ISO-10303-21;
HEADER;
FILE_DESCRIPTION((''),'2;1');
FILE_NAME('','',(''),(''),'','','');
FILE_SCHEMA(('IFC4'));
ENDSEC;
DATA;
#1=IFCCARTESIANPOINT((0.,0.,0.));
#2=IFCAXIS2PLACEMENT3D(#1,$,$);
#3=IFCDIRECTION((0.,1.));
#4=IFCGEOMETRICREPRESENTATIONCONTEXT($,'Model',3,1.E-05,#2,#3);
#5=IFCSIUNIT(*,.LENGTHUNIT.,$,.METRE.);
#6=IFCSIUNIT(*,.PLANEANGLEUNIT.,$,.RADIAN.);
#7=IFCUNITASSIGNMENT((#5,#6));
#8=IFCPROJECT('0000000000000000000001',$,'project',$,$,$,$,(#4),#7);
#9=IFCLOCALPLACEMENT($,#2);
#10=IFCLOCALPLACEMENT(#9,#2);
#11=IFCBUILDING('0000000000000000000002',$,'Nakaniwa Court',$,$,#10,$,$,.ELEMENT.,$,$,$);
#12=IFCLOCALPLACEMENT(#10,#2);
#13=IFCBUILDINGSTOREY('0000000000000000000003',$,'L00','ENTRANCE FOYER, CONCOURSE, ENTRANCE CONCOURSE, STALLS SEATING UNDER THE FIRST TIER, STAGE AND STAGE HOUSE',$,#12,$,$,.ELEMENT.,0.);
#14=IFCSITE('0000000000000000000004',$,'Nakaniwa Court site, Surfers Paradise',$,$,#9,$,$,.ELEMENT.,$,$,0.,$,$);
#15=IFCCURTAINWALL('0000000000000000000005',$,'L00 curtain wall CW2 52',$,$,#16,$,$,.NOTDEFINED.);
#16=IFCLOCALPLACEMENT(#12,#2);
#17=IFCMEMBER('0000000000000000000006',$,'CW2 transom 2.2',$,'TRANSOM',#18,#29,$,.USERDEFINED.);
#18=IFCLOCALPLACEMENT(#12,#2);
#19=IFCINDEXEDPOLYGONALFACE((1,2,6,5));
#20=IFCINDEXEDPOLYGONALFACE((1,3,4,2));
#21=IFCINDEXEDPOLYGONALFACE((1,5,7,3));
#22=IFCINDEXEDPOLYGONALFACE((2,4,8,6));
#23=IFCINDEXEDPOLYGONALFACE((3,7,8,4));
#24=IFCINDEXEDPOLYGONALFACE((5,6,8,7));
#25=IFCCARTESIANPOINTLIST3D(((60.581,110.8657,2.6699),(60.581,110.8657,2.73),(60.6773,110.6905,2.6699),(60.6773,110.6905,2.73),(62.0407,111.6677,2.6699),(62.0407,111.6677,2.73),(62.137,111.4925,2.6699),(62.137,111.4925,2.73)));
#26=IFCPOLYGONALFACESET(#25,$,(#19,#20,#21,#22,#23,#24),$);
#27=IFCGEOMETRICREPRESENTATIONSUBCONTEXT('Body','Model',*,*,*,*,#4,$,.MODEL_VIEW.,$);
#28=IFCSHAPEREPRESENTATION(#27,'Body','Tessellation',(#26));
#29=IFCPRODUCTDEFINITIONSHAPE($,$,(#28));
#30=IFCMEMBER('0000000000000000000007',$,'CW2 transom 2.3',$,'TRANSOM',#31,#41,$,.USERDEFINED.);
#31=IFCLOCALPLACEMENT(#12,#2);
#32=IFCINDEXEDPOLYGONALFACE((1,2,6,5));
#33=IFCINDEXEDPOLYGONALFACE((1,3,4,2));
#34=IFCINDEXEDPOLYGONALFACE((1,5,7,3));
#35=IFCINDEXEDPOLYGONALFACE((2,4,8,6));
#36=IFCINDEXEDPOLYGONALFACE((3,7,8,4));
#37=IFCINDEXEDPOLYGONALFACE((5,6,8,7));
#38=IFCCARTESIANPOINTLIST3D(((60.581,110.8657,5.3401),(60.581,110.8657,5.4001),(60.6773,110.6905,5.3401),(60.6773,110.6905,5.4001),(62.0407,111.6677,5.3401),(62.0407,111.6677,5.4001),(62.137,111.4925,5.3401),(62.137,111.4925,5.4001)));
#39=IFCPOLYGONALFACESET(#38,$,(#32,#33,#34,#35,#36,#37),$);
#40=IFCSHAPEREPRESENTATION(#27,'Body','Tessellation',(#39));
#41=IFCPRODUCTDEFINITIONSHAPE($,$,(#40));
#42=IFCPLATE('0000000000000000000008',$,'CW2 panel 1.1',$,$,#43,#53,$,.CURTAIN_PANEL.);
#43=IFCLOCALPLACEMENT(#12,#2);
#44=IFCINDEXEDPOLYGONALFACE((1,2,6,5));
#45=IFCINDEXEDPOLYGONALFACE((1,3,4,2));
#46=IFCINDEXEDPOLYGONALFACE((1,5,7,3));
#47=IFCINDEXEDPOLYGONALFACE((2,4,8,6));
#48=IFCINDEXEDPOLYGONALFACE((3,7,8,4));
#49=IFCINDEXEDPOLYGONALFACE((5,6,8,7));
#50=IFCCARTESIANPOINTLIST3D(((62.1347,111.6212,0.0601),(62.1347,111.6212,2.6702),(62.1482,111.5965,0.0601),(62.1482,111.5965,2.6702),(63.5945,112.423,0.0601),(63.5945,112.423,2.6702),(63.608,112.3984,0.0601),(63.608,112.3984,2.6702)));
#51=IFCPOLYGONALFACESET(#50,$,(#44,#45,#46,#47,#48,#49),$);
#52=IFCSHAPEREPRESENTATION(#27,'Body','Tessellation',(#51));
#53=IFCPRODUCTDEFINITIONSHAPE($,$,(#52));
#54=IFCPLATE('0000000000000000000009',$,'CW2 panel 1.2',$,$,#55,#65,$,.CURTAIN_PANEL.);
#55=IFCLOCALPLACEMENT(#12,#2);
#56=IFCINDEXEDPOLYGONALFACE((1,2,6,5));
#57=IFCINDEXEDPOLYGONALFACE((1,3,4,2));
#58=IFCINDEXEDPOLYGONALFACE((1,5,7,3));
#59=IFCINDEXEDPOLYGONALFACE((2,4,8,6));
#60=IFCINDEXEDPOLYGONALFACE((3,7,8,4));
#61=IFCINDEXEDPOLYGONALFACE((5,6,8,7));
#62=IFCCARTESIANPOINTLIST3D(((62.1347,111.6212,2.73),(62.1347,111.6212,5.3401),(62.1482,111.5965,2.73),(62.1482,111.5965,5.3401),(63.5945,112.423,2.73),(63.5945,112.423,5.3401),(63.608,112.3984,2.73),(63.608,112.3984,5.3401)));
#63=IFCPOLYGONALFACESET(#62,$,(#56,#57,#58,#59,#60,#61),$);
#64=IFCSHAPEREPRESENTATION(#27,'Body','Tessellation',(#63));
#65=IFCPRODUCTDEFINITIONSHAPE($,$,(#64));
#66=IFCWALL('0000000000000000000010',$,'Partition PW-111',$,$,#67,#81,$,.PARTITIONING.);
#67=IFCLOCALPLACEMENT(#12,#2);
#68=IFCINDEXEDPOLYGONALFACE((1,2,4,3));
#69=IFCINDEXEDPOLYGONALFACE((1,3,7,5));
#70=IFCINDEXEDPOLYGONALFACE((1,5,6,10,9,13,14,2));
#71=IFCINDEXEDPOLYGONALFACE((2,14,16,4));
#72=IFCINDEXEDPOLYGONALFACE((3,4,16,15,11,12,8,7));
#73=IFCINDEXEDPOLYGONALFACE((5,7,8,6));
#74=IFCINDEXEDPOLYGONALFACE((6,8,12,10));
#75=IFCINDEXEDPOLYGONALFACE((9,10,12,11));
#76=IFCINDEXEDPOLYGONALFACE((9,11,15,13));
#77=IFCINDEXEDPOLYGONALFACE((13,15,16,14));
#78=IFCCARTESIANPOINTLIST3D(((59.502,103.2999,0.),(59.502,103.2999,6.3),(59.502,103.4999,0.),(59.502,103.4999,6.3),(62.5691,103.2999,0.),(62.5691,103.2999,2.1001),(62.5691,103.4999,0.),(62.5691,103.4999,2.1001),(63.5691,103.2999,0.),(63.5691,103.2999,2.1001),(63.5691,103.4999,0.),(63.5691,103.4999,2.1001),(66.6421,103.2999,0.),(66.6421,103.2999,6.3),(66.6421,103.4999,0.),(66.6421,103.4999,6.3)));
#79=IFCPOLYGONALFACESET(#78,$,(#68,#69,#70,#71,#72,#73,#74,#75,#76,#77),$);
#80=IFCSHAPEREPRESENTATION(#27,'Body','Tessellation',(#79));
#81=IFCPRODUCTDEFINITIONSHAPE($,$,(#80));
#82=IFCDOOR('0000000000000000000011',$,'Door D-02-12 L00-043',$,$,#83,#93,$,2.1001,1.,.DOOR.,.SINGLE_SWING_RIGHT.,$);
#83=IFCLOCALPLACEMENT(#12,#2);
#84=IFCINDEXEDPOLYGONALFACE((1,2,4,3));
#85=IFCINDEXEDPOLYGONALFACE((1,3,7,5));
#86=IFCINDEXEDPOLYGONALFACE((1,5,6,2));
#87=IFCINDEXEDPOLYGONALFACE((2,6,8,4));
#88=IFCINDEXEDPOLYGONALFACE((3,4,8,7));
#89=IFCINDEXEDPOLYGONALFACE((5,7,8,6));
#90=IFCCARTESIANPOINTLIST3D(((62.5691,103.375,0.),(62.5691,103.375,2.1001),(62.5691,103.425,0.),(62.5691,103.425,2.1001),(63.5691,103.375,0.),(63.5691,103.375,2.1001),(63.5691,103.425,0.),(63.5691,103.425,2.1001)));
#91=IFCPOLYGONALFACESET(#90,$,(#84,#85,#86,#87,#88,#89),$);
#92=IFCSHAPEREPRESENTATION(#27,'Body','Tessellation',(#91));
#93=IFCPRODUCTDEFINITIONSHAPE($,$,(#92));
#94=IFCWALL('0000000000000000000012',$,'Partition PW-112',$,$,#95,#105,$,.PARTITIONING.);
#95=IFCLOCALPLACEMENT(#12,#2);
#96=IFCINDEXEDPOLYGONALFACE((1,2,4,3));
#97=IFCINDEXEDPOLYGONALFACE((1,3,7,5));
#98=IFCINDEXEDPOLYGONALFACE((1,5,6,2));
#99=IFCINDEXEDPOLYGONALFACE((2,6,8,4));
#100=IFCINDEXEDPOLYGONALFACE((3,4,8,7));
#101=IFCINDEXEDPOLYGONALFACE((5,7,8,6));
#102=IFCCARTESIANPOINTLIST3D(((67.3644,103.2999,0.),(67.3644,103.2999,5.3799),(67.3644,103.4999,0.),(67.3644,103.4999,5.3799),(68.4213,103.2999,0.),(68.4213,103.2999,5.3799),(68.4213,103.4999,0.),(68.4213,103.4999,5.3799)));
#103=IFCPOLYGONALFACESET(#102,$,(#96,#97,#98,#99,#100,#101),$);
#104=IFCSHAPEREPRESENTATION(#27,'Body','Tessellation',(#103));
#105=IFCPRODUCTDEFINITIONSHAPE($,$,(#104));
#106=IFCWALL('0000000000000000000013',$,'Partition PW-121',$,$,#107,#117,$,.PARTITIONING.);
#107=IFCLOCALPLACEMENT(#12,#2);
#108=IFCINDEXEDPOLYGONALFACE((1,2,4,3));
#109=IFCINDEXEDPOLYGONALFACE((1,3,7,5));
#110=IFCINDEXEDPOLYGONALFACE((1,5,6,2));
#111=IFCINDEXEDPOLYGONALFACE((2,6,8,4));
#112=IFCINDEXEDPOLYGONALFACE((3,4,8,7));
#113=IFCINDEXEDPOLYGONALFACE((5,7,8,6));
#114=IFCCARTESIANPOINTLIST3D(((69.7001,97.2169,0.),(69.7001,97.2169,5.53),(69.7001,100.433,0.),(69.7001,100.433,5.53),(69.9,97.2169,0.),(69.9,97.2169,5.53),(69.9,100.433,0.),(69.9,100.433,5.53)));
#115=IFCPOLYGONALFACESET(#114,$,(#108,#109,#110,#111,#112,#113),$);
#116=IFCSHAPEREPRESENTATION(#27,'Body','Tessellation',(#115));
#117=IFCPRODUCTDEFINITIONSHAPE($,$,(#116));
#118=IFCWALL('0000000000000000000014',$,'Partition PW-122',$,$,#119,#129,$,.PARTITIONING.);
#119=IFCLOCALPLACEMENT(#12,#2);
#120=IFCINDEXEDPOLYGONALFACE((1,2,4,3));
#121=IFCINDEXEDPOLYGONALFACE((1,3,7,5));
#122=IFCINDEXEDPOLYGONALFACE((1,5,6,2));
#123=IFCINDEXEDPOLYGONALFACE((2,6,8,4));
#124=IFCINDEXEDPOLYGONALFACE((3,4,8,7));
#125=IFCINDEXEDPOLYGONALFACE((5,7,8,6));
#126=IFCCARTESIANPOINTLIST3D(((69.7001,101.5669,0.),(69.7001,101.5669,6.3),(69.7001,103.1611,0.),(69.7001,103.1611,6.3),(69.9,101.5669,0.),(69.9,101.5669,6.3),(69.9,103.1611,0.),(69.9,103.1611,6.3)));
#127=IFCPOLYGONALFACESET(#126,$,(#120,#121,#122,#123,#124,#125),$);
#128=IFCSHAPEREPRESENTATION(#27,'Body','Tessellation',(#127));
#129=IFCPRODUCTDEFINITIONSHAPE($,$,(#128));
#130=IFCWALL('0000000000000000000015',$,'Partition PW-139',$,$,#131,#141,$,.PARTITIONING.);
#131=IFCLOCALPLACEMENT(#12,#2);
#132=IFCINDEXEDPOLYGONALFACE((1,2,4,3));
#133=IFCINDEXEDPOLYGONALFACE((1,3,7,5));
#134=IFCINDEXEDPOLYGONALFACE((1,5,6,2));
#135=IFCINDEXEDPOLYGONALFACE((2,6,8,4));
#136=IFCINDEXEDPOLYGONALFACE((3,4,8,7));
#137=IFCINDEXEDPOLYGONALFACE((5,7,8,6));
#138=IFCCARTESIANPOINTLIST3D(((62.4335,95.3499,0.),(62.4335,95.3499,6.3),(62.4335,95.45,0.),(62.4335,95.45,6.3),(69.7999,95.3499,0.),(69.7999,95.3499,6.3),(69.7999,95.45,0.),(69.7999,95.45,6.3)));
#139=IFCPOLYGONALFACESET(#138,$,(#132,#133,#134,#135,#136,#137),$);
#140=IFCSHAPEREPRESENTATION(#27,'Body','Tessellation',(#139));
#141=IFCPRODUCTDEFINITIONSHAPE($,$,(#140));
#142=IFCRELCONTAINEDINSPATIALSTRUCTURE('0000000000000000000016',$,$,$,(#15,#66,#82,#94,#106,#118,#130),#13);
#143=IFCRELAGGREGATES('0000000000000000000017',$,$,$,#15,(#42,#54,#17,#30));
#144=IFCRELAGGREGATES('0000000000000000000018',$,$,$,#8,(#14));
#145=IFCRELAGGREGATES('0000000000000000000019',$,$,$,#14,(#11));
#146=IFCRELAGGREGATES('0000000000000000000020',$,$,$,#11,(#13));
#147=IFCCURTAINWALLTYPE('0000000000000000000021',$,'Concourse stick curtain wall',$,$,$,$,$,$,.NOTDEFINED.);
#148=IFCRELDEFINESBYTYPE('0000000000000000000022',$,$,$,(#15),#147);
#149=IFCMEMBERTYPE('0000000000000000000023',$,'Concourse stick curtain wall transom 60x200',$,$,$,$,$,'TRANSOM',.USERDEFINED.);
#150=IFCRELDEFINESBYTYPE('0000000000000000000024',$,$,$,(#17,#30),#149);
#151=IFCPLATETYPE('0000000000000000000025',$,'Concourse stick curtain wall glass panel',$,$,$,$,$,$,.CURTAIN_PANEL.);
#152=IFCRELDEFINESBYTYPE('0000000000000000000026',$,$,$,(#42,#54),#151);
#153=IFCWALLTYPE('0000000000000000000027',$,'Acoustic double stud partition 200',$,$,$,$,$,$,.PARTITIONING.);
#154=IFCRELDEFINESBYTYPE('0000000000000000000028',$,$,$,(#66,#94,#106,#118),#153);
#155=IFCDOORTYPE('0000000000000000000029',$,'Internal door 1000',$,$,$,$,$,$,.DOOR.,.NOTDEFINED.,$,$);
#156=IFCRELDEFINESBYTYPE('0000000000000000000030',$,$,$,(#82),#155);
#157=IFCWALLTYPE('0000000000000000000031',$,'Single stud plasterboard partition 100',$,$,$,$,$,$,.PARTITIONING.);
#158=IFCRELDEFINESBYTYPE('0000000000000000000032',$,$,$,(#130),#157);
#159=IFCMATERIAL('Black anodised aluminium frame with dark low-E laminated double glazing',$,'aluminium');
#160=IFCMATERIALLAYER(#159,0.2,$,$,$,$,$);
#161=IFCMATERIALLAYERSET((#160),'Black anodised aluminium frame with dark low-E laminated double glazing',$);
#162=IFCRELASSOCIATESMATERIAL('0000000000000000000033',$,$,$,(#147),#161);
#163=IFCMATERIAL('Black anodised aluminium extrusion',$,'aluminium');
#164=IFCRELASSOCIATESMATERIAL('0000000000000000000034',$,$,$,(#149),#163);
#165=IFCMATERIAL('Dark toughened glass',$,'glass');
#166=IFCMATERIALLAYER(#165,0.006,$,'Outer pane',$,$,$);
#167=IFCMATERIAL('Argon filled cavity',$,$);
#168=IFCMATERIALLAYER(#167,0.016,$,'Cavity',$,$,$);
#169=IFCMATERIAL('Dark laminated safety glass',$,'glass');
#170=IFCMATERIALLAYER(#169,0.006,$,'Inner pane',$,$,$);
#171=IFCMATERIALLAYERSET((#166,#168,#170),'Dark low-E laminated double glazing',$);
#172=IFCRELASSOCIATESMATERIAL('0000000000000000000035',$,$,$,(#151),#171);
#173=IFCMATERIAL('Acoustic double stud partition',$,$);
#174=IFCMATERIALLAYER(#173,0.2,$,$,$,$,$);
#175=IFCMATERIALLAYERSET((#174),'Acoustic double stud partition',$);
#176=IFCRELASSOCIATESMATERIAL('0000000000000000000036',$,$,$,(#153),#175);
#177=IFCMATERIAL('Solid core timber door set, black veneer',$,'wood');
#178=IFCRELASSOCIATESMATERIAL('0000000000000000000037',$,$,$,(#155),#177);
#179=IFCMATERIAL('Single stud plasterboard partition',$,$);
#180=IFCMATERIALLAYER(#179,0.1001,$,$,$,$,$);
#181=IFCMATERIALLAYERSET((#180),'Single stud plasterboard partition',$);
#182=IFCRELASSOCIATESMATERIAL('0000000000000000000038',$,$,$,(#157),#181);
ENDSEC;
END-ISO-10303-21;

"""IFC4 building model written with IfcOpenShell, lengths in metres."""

from ifc_helpers import new_model, si_unit, direction, frame, frame_2d, origin, origin_2d, place, context, subcontext, project, spatial, rectangle, extrude, material, layer, layer_set, material_profile, profile_set, type_object, element, fill, aggregate, save


model = new_model("IFC4")

# Units and contexts
model_context = context("Model", 3, precision=1e-05, world=origin(), true_north=direction((0.0, 1.0)))
body_context = subcontext(model_context, "Body", "Model", "MODEL_VIEW")
ifc_project = project(units=[si_unit("LENGTHUNIT", "METRE"), si_unit("PLANEANGLEUNIT", "RADIAN")], contexts=[model_context])

# Site, building, storey
site_placement = place(None, origin())
site = spatial("IfcSite", under=ifc_project, at=site_placement, Name="Nakaniwa Court site, Surfers Paradise", CompositionType="ELEMENT", RefElevation=0.0)
building_placement = place(site_placement, origin())
building = spatial("IfcBuilding", under=site, at=building_placement, Name="Nakaniwa Court", CompositionType="ELEMENT")
storey_placement = place(building_placement, origin())
storey = spatial("IfcBuildingStorey", under=building, at=storey_placement, Name="L00", Description="ENTRANCE FOYER, CONCOURSE, ENTRANCE CONCOURSE, STALLS SEATING UNDER THE FIRST TIER, STAGE AND STAGE HOUSE", CompositionType="ELEMENT", Elevation=0.0)

# Curtain wall, members, plates
ifc_material_1 = material(Name="Black anodised aluminium frame with dark low-E laminated double glazing", Category="aluminium")
ifc_layer_1 = layer(ifc_material_1, 0.2)
ifc_layer_set_1 = layer_set([ifc_layer_1], Name="Black anodised aluminium frame with dark low-E laminated double glazing")
curtain_wall_type = type_object("IfcCurtainWallType", Name="Concourse stick curtain wall", PredefinedType="NOTDEFINED", material=ifc_layer_set_1)
curtain_wall_placement = place(storey_placement, origin())
curtain_wall = element("IfcCurtainWall", 1, at=curtain_wall_placement, inside=storey, type_object=curtain_wall_type, Name="L00 curtain wall CW2 52", PredefinedType="NOTDEFINED")
ifc_material_2 = material(Name="Black anodised aluminium extrusion", Category="aluminium")
ifc_material_profile_1 = material_profile(ifc_material_2, rectangle(XDim=0.2, YDim=0.0601, at=origin_2d()), Name="Concourse stick curtain wall transom 60x200")
ifc_profile_set_1 = profile_set([ifc_material_profile_1], Name="Black anodised aluminium extrusion")
member_type_1 = type_object("IfcMemberType", Name="Concourse stick curtain wall transom 60x200", ElementType="TRANSOM", PredefinedType="USERDEFINED", material=ifc_profile_set_1)
member_1_placement = place(storey_placement, frame((62.0889, 111.5801, 2.7), z_axis=(-0.876429, -0.48153, 0.0), x_axis=(0.48153, -0.876429, 0.0)))
member_1 = element("IfcMember", 2, at=member_1_placement, type_object=member_type_1, Name="CW2 transom 2.2", ObjectType="TRANSOM", PredefinedType="USERDEFINED", context=body_context, shape_type="SweptSolid", body=[
    extrude(rectangle(XDim=0.2, YDim=0.0601, at=origin_2d()), origin(), (0.0, 0.0, 1.0), 1.6655),
])
member_2_placement = place(storey_placement, frame((62.0889, 111.5801, 5.3701), z_axis=(-0.876429, -0.48153, 0.0), x_axis=(0.48153, -0.876429, 0.0)))
member_2 = element("IfcMember", 3, at=member_2_placement, type_object=member_type_1, Name="CW2 transom 2.3", ObjectType="TRANSOM", PredefinedType="USERDEFINED", context=body_context, shape_type="SweptSolid", body=[
    extrude(rectangle(XDim=0.2, YDim=0.0601, at=origin_2d()), origin(), (0.0, 0.0, 1.0), 1.6655),
])
ifc_material_3 = material(Name="Dark toughened glass", Category="glass")
ifc_layer_2 = layer(ifc_material_3, 0.006, Name="Outer pane")
ifc_material_4 = material(Name="Argon filled cavity")
ifc_layer_3 = layer(ifc_material_4, 0.016, Name="Cavity")
ifc_material_5 = material(Name="Dark laminated safety glass", Category="glass")
ifc_layer_4 = layer(ifc_material_5, 0.006, Name="Inner pane")
ifc_layer_set_2 = layer_set([ifc_layer_2, ifc_layer_3, ifc_layer_4], Name="Dark low-E laminated double glazing")
plate_type = type_object("IfcPlateType", Name="Concourse stick curtain wall glass panel", PredefinedType="CURTAIN_PANEL", material=ifc_layer_set_2)
plate_1_placement = place(storey_placement, frame((62.8713, 112.0098, 0.0601), z_axis=(0.0, 0.0, 1.0), x_axis=(-0.876488, -0.481424, 0.0)))
plate_1 = element("IfcPlate", 4, at=plate_1_placement, type_object=plate_type, Name="CW2 panel 1.1", PredefinedType="CURTAIN_PANEL", context=body_context, shape_type="SweptSolid", body=[
    extrude(rectangle(XDim=1.6655, YDim=0.0281, at=origin_2d()), origin(), (0.0, 0.0, 1.0), 2.6101),
])
plate_2_placement = place(storey_placement, frame((62.8713, 112.0098, 2.73), z_axis=(0.0, 0.0, 1.0), x_axis=(-0.876488, -0.481424, 0.0)))
plate_2 = element("IfcPlate", 5, at=plate_2_placement, type_object=plate_type, Name="CW2 panel 1.2", PredefinedType="CURTAIN_PANEL", context=body_context, shape_type="SweptSolid", body=[
    extrude(rectangle(XDim=1.6655, YDim=0.0281, at=origin_2d()), origin(), (0.0, 0.0, 1.0), 2.6101),
])
aggregate(curtain_wall, [plate_1, plate_2, member_1, member_2])

# Wall, opening, door
ifc_material_6 = material(Name="Acoustic double stud partition")
ifc_layer_5 = layer(ifc_material_6, 0.2)
ifc_layer_set_3 = layer_set([ifc_layer_5], Name="Acoustic double stud partition")
wall_type_1 = type_object("IfcWallType", Name="Acoustic double stud partition 200", PredefinedType="PARTITIONING", material=ifc_layer_set_3)
wall_1_placement = place(storey_placement, frame((66.6421, 103.3999, 0.0), z_axis=(0.0, 0.0, 1.0), x_axis=(-1.0, 0.0, 0.0)))
wall_1 = element("IfcWall", 6, at=wall_1_placement, inside=storey, type_object=wall_type_1, Name="Partition PW-111", PredefinedType="PARTITIONING", context=body_context, shape_type="SweptSolid", body=[
    extrude(rectangle(XDim=7.1401, YDim=0.2, at=frame_2d((3.5701, 0.0))), origin(), (0.0, 0.0, 1.0), 6.3),
])
opening_placement = place(wall_1_placement, frame((3.073, 0.0, 0.0)))
opening = element("IfcOpeningElement", 7, at=opening_placement, cuts=wall_1, PredefinedType="OPENING", context=body_context, shape_type="SweptSolid", body=[
    extrude(rectangle(XDim=1.0, YDim=2.1001, at=frame_2d((0.5, 1.05))), frame((0.0, 0.1099, 0.0), z_axis=(0.0, -1.0, 0.0), x_axis=(1.0, 0.0, 0.0)), (0.0, 0.0, 1.0), 0.22),
])
ifc_material_7 = material(Name="Solid core timber door set, black veneer", Category="wood")
door_type = type_object("IfcDoorType", Name="Internal door 1000", OperationType="NOTDEFINED", PredefinedType="DOOR", material=ifc_material_7)
door_placement = place(opening_placement, origin())
door = element("IfcDoor", 8, at=door_placement, inside=storey, type_object=door_type, Name="Door D-02-12 L00-043", OperationType="SINGLE_SWING_RIGHT", OverallHeight=2.1001, OverallWidth=1.0, PredefinedType="DOOR", context=body_context, shape_type="SweptSolid", body=[
    extrude(rectangle(XDim=1.0, YDim=2.1001, at=frame_2d((0.5, 1.05))), frame((0.0, 0.0249, 0.0), z_axis=(0.0, -1.0, 0.0), x_axis=(1.0, 0.0, 0.0)), (0.0, 0.0, 1.0), 0.05),
])
fill(opening, door)

# Walls
wall_2_placement = place(storey_placement, frame((67.3645, 103.3999, 0.0), z_axis=(0.0, 0.0, 1.0), x_axis=(1.0, 0.0, 0.0)))
element("IfcWall", 9, at=wall_2_placement, inside=storey, type_object=wall_type_1, Name="Partition PW-112", PredefinedType="PARTITIONING", context=body_context, shape_type="SweptSolid", body=[
    extrude(rectangle(XDim=1.0569, YDim=0.2, at=frame_2d((0.5283, 0.0))), origin(), (0.0, 0.0, 1.0), 5.3799),
])
wall_3_placement = place(storey_placement, frame((69.8, 97.217, 0.0), z_axis=(0.0, 0.0, 1.0), x_axis=(0.0, 1.0, 0.0)))
element("IfcWall", 10, at=wall_3_placement, inside=storey, type_object=wall_type_1, Name="Partition PW-121", PredefinedType="PARTITIONING", context=body_context, shape_type="SweptSolid", body=[
    extrude(rectangle(XDim=3.2161, YDim=0.2, at=frame_2d((1.6079, 0.0))), origin(), (0.0, 0.0, 1.0), 5.53),
])
wall_4_placement = place(storey_placement, frame((69.8, 101.5669, 0.0), z_axis=(0.0, 0.0, 1.0), x_axis=(0.0, 1.0, 0.0)))
element("IfcWall", 11, at=wall_4_placement, inside=storey, type_object=wall_type_1, Name="Partition PW-122", PredefinedType="PARTITIONING", context=body_context, shape_type="SweptSolid", body=[
    extrude(rectangle(XDim=1.5942, YDim=0.2, at=frame_2d((0.7971, 0.0))), origin(), (0.0, 0.0, 1.0), 6.3),
])
ifc_material_8 = material(Name="Single stud plasterboard partition")
ifc_layer_6 = layer(ifc_material_8, 0.1001)
ifc_layer_set_4 = layer_set([ifc_layer_6], Name="Single stud plasterboard partition")
wall_type_2 = type_object("IfcWallType", Name="Single stud plasterboard partition 100", PredefinedType="PARTITIONING", material=ifc_layer_set_4)
wall_5_placement = place(storey_placement, frame((62.4336, 95.3999, 0.0), z_axis=(0.0, 0.0, 1.0), x_axis=(1.0, 0.0, 0.0)))
element("IfcWall", 12, at=wall_5_placement, inside=storey, type_object=wall_type_2, Name="Partition PW-139", PredefinedType="PARTITIONING", context=body_context, shape_type="SweptSolid", body=[
    extrude(rectangle(XDim=7.3665, YDim=0.1001, at=frame_2d((3.6831, 0.0))), origin(), (0.0, 0.0, 1.0), 6.3),
])

save(model, "model.ifc")
